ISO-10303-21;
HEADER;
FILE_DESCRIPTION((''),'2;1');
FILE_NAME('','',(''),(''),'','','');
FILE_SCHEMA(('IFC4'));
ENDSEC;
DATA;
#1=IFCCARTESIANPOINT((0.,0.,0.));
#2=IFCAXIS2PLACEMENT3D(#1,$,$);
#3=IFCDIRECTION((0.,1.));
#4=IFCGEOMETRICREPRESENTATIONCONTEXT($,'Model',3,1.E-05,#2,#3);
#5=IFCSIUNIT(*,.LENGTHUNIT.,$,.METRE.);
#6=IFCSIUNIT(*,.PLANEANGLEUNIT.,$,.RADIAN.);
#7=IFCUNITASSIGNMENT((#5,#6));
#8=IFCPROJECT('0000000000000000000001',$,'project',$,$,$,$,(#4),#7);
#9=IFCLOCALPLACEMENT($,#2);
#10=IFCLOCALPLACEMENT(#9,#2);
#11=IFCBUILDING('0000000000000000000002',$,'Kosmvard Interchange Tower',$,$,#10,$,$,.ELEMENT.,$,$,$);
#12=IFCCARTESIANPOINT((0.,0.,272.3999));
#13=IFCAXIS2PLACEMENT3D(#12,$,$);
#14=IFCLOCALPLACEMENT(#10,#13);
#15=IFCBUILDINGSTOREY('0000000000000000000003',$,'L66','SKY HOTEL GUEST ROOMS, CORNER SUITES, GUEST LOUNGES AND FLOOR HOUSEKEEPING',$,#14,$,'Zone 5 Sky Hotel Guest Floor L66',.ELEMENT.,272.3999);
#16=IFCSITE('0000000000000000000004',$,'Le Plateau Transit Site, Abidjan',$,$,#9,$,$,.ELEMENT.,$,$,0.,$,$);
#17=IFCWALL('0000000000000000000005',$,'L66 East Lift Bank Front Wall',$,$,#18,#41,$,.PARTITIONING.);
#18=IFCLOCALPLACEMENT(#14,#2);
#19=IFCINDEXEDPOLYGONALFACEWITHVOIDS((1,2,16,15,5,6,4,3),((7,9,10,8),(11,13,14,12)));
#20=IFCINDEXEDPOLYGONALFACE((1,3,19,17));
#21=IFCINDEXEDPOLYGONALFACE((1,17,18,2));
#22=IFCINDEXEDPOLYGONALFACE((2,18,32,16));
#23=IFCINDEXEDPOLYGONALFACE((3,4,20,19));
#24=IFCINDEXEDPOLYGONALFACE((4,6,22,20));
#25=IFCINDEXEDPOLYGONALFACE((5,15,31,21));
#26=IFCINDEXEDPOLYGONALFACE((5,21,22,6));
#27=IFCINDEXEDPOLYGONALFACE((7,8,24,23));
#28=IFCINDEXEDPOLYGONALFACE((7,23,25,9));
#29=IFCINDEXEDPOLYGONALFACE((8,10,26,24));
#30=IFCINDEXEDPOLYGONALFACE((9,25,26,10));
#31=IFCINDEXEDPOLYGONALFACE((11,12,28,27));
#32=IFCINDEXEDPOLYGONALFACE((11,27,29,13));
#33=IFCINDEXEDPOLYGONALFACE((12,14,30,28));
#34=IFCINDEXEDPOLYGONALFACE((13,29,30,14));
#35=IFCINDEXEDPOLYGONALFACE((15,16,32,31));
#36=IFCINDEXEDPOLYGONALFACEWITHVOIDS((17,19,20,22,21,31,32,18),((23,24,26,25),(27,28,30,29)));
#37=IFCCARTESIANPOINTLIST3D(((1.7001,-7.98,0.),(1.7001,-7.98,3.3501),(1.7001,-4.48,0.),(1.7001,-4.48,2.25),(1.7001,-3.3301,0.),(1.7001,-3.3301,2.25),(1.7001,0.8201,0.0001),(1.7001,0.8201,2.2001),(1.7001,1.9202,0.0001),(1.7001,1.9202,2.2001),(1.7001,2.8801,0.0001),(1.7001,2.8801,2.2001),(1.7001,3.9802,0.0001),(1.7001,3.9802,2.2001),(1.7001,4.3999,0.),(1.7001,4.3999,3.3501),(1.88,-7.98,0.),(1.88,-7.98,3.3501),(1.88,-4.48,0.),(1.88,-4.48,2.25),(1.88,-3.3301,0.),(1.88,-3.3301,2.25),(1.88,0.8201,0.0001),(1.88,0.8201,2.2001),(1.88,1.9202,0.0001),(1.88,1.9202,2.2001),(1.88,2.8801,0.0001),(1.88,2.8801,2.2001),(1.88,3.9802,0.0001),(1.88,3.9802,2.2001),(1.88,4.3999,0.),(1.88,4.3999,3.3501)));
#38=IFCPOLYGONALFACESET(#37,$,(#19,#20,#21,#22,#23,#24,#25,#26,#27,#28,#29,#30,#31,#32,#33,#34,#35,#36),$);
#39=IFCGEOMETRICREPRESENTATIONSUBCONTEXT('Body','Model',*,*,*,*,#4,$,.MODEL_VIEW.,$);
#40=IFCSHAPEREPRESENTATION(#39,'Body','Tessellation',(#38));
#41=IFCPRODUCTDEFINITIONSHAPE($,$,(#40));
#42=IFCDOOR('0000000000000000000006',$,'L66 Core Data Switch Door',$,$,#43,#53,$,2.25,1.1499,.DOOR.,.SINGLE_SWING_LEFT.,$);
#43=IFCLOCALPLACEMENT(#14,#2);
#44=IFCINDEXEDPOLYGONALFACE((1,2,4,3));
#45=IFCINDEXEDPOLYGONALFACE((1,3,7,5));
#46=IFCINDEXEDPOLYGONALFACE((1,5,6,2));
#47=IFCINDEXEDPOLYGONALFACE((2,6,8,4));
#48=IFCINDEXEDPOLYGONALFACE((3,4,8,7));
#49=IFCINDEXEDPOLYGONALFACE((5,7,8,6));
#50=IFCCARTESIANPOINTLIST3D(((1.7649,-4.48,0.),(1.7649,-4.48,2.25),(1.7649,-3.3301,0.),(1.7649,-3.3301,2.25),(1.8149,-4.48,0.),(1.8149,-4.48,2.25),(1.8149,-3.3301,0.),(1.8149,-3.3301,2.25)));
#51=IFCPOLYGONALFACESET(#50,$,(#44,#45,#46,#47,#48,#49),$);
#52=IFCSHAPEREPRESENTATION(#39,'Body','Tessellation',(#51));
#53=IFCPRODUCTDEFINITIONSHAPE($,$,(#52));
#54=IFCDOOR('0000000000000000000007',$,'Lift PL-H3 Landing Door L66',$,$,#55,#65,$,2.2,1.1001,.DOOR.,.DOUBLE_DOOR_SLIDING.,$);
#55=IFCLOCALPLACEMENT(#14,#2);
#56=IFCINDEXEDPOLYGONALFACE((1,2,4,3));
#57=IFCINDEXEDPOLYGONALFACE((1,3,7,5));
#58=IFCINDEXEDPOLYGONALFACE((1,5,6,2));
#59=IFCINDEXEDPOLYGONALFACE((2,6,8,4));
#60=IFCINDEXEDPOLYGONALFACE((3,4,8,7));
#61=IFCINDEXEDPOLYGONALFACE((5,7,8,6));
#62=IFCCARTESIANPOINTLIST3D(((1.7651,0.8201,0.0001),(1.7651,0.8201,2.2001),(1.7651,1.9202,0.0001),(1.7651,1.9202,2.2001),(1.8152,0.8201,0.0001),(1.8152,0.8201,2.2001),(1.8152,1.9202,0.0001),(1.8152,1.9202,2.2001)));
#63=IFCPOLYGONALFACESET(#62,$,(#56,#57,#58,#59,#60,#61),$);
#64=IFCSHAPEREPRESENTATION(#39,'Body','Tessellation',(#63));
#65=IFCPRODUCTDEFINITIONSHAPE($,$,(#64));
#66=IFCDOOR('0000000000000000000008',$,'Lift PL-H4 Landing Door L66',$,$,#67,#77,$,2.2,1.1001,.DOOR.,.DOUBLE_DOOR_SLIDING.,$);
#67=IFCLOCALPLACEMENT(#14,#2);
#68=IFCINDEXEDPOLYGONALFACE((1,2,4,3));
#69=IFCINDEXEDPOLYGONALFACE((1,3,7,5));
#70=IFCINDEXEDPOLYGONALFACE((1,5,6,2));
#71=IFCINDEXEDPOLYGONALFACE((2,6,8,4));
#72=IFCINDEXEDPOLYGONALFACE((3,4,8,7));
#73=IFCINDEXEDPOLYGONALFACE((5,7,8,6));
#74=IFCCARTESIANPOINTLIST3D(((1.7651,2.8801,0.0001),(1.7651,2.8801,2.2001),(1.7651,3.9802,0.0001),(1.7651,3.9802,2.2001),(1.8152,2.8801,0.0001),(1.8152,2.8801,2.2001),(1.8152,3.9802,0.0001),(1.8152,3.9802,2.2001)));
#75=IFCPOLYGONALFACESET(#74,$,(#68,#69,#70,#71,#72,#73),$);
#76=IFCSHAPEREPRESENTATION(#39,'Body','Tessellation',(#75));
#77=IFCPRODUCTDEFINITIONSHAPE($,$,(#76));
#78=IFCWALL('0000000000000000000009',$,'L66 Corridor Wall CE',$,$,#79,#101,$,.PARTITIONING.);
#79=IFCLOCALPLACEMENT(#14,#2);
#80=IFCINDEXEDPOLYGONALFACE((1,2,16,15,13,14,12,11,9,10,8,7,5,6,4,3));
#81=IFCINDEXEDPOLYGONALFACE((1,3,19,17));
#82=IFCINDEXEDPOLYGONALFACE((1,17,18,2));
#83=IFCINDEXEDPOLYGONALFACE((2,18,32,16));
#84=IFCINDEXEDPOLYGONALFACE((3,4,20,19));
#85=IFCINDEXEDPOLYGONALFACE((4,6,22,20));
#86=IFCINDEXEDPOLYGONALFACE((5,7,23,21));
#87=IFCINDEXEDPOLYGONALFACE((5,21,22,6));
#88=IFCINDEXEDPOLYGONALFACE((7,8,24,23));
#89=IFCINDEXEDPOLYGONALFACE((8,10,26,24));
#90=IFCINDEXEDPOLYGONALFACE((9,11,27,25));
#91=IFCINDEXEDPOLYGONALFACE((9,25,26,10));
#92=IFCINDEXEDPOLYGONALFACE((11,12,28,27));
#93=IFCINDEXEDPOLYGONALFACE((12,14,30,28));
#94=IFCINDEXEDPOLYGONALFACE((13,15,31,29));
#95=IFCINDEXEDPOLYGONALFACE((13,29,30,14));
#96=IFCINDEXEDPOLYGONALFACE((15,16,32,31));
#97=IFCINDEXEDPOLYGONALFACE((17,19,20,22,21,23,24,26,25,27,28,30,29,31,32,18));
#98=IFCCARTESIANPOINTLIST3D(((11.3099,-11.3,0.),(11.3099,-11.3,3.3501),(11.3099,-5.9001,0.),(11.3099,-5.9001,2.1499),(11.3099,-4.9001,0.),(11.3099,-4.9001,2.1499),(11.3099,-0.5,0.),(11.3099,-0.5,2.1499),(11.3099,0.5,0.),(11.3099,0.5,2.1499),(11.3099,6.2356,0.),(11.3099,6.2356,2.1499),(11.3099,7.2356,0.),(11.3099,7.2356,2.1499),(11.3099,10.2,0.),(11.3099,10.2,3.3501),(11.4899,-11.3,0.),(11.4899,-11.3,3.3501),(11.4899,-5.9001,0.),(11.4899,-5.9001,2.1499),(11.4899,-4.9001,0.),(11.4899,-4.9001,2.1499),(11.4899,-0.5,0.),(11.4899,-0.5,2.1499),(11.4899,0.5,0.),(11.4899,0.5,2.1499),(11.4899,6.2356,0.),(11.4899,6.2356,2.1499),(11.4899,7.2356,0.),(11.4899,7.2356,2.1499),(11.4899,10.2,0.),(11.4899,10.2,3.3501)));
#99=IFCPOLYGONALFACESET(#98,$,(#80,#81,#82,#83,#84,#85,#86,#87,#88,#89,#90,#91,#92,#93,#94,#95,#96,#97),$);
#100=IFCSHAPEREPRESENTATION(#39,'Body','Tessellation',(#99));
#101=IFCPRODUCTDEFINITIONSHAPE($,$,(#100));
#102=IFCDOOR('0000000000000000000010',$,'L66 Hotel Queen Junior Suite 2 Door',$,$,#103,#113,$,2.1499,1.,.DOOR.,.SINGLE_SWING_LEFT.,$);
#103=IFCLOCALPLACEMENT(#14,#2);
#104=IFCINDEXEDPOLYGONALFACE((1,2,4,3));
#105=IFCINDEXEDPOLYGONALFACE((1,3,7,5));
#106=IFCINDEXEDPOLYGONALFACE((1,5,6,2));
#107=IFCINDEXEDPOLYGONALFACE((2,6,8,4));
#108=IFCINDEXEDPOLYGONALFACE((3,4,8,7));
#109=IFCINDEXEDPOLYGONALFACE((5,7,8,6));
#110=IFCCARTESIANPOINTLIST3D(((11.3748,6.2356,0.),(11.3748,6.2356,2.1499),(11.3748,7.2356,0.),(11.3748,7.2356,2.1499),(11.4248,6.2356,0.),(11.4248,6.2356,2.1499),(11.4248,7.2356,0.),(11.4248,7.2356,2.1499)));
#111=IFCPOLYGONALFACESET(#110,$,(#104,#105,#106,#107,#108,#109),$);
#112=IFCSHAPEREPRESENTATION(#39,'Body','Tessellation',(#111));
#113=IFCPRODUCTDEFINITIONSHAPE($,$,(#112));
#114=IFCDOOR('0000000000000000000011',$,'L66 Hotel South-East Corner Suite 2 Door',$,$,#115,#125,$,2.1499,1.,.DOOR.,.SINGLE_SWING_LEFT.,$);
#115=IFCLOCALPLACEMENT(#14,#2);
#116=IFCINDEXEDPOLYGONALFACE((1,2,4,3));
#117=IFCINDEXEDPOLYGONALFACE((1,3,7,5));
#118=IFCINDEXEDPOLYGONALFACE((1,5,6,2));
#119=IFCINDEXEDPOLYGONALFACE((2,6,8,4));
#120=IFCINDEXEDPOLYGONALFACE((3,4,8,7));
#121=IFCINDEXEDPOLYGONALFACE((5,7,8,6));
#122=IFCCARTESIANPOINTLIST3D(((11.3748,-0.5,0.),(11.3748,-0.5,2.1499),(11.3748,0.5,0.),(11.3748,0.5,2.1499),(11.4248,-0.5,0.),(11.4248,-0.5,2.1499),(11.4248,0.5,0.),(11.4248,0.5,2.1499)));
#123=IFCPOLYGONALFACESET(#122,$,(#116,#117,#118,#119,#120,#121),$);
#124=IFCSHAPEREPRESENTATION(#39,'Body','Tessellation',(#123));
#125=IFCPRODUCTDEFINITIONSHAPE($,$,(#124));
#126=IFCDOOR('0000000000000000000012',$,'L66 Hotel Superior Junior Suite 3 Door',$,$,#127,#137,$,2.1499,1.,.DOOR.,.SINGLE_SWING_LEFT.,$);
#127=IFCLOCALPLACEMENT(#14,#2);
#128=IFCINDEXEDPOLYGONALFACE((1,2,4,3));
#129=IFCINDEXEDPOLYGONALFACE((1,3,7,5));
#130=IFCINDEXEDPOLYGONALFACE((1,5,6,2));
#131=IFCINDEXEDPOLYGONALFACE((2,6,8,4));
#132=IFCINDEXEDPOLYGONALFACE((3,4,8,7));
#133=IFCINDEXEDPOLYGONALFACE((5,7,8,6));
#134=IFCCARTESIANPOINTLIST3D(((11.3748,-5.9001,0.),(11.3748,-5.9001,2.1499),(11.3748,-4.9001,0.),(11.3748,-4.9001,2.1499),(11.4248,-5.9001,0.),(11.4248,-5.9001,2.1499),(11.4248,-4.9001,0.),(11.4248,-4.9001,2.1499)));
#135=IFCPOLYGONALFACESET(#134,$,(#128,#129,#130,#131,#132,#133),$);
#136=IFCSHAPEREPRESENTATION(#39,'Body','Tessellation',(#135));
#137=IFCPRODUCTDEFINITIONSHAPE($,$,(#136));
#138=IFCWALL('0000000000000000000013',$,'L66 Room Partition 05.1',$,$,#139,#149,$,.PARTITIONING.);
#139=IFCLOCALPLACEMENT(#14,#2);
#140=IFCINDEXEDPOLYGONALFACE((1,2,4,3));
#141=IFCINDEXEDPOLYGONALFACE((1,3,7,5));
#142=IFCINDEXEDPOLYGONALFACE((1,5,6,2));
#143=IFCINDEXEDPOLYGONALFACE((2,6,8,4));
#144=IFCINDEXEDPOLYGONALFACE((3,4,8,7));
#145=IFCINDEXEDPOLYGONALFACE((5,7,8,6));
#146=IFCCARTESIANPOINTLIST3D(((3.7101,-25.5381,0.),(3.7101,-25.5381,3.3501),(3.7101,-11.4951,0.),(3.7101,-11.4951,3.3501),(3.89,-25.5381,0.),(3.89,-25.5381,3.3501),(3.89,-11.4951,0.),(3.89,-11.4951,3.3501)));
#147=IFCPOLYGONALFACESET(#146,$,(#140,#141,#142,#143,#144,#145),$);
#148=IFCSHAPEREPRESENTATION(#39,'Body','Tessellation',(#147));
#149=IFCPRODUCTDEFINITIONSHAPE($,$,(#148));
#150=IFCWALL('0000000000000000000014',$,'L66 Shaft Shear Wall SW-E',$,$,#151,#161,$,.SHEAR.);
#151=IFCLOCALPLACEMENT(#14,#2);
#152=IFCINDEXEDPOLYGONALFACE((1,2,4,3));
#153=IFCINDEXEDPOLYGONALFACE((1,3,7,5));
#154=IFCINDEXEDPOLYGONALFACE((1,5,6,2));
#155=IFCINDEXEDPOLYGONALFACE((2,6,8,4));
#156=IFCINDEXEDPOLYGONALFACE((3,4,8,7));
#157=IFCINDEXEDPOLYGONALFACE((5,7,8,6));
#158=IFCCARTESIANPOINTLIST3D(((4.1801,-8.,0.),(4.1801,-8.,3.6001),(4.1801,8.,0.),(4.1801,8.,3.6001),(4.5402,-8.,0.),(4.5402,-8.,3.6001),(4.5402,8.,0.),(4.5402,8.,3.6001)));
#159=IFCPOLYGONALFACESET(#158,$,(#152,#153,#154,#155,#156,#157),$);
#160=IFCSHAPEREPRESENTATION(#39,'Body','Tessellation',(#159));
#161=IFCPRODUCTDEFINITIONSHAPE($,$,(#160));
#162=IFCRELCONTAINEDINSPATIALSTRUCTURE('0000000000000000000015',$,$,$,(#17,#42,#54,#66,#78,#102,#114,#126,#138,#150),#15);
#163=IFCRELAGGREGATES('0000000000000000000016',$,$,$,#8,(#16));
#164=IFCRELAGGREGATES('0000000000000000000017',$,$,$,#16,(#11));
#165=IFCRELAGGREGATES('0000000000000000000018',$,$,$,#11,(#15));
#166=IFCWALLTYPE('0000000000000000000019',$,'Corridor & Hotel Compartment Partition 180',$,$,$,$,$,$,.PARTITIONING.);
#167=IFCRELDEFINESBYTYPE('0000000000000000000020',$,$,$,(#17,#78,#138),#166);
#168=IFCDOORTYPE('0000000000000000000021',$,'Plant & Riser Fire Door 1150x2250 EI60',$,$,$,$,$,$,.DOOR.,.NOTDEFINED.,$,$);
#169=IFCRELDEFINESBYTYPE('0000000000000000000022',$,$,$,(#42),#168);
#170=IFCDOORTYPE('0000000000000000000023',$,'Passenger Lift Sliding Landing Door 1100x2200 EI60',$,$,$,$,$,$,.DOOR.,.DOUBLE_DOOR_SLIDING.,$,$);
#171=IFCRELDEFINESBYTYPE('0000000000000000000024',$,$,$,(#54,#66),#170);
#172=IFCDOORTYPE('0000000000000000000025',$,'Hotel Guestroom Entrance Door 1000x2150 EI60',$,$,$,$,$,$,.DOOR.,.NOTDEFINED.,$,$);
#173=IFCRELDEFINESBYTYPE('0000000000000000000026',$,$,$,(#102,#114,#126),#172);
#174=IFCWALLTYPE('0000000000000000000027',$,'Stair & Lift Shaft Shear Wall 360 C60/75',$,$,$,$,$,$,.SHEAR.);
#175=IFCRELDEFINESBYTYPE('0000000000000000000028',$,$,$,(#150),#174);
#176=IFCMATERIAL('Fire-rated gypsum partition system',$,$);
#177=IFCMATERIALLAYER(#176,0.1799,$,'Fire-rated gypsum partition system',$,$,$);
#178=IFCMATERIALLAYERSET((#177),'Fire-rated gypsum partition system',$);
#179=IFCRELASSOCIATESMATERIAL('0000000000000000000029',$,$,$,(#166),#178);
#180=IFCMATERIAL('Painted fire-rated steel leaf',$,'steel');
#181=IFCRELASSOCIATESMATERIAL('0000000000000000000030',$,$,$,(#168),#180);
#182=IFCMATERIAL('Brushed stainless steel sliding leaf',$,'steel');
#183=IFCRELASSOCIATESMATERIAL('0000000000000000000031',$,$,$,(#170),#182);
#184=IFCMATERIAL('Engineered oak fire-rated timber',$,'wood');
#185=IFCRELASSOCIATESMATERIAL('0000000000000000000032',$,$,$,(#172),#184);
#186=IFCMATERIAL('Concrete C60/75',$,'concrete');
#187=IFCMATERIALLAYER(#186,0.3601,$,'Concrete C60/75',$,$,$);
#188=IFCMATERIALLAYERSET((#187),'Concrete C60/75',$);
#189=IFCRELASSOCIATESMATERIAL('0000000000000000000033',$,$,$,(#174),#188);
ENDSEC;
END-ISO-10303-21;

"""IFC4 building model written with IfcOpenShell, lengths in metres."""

from ifc_helpers import new_model, si_unit, direction, frame, frame_2d, origin, place, context, subcontext, project, spatial, rectangle, extrude, source, transform, mapped, material, layer, layer_set, type_object, element, fill, save


model = new_model("IFC4")

# Units and contexts
model_context = context("Model", 3, precision=1e-05, world=origin(), true_north=direction((0.0, 1.0)))
body_context = subcontext(model_context, "Body", "Model", "MODEL_VIEW")
ifc_project = project(units=[si_unit("LENGTHUNIT", "METRE"), si_unit("PLANEANGLEUNIT", "RADIAN")], contexts=[model_context])

# Site, building, storey
site_placement = place(None, origin())
site = spatial("IfcSite", under=ifc_project, at=site_placement, Name="Le Plateau Transit Site, Abidjan", CompositionType="ELEMENT", RefElevation=0.0)
building_placement = place(site_placement, origin())
building = spatial("IfcBuilding", under=site, at=building_placement, Name="Kosmvard Interchange Tower", CompositionType="ELEMENT")
storey_placement = place(building_placement, frame((0.0, 0.0, 272.3999)))
storey = spatial("IfcBuildingStorey", under=building, at=storey_placement, Name="L66", Description="SKY HOTEL GUEST ROOMS, CORNER SUITES, GUEST LOUNGES AND FLOOR HOUSEKEEPING", LongName="Zone 5 Sky Hotel Guest Floor L66", CompositionType="ELEMENT", Elevation=272.3999)

# Walls, openings, doors
ifc_material_1 = material(Name="Fire-rated gypsum partition system")
ifc_layer_1 = layer(ifc_material_1, 0.1799, Name="Fire-rated gypsum partition system")
ifc_layer_set_1 = layer_set([ifc_layer_1], Name="Fire-rated gypsum partition system")
wall_type_1 = type_object("IfcWallType", Name="Corridor & Hotel Compartment Partition 180", PredefinedType="PARTITIONING", material=ifc_layer_set_1)
wall_1_placement = place(storey_placement, frame((1.79, -7.98, 0.0), z_axis=(0.0, 0.0, 1.0), x_axis=(0.0, 1.0, 0.0)))
wall_1 = element("IfcWall", 1, at=wall_1_placement, inside=storey, type_object=wall_type_1, Name="L66 East Lift Bank Front Wall", PredefinedType="PARTITIONING", context=body_context, shape_type="SweptSolid", body=[
    extrude(rectangle(XDim=12.3799, YDim=0.1799, at=frame_2d((6.1899, 0.0))), origin(), (0.0, 0.0, 1.0), 3.3501),
])
opening_1_placement = place(wall_1_placement, frame((8.8, 0.0, 0.0)))
opening_1 = element("IfcOpeningElement", 2, at=opening_1_placement, cuts=wall_1, PredefinedType="OPENING", context=body_context, shape_type="SweptSolid", body=[
    extrude(rectangle(XDim=1.1001, YDim=2.2, at=frame_2d((0.55, 1.1001))), frame((0.0, 0.1001, 0.0), z_axis=(0.0, -1.0, 0.0), x_axis=(1.0, 0.0, 0.0)), (0.0, 0.0, 1.0), 0.2),
])
opening_2_placement = place(wall_1_placement, frame((10.8601, 0.0, 0.0)))
opening_2 = element("IfcOpeningElement", 3, at=opening_2_placement, cuts=wall_1, PredefinedType="OPENING", context=body_context, shape_type="SweptSolid", body=[
    extrude(rectangle(XDim=1.1001, YDim=2.2, at=frame_2d((0.55, 1.1001))), frame((0.0, 0.1001, 0.0), z_axis=(0.0, -1.0, 0.0), x_axis=(1.0, 0.0, 0.0)), (0.0, 0.0, 1.0), 0.2),
])
opening_3_placement = place(wall_1_placement, frame((3.5, 0.0, 0.0)))
opening_3 = element("IfcOpeningElement", 4, at=opening_3_placement, cuts=wall_1, PredefinedType="OPENING", context=body_context, shape_type="SweptSolid", body=[
    extrude(rectangle(XDim=1.1499, YDim=2.25, at=frame_2d((0.575, 1.125))), frame((0.0, 0.1001, 0.0), z_axis=(0.0, -1.0, 0.0), x_axis=(1.0, 0.0, 0.0)), (0.0, 0.0, 1.0), 0.2),
])
ifc_material_2 = material(Name="Painted fire-rated steel leaf", Category="steel")
door_type_1 = type_object("IfcDoorType", Name="Plant & Riser Fire Door 1150x2250 EI60", OperationType="NOTDEFINED", PredefinedType="DOOR", material=ifc_material_2)
shared_shape_1 = source(origin(), body_context, "Body", "SweptSolid", [
    extrude(rectangle(XDim=1.1499, YDim=2.25, at=frame_2d((0.575, 1.125))), frame((0.0, 0.0249, 0.0), z_axis=(0.0, -1.0, 0.0), x_axis=(1.0, 0.0, 0.0)), (0.0, 0.0, 1.0), 0.05),
])
door_1_placement = place(opening_3_placement, frame((1.1499, 0.0, 0.0), z_axis=(0.0, 0.0, 1.0), x_axis=(-1.0, 0.0, 0.0)))
door_1 = element("IfcDoor", 5, at=door_1_placement, inside=storey, type_object=door_type_1, Name="L66 Core Data Switch Door", OperationType="SINGLE_SWING_LEFT", OverallHeight=2.25, OverallWidth=1.1499, PredefinedType="DOOR", context=body_context, shape_type="MappedRepresentation", body=[
    mapped(shared_shape_1, transform((0.0, 0.0, 0.0), scale=1.0)),
])
fill(opening_3, door_1)
ifc_material_3 = material(Name="Brushed stainless steel sliding leaf", Category="steel")
door_type_2 = type_object("IfcDoorType", Name="Passenger Lift Sliding Landing Door 1100x2200 EI60", OperationType="DOUBLE_DOOR_SLIDING", PredefinedType="DOOR", material=ifc_material_3)
shared_shape_2 = source(origin(), body_context, "Body", "SweptSolid", [
    extrude(rectangle(XDim=1.1001, YDim=2.2, at=frame_2d((0.55, 1.1001))), frame((0.0, 0.0249, 0.0), z_axis=(0.0, -1.0, 0.0), x_axis=(1.0, 0.0, 0.0)), (0.0, 0.0, 1.0), 0.05),
])
door_2_placement = place(opening_1_placement, origin())
door_2 = element("IfcDoor", 6, at=door_2_placement, inside=storey, type_object=door_type_2, Name="Lift PL-H3 Landing Door L66", OperationType="DOUBLE_DOOR_SLIDING", OverallHeight=2.2, OverallWidth=1.1001, PredefinedType="DOOR", context=body_context, shape_type="MappedRepresentation", body=[
    mapped(shared_shape_2, transform((0.0, 0.0, 0.0), scale=1.0)),
])
fill(opening_1, door_2)
door_3_placement = place(opening_2_placement, origin())
door_3 = element("IfcDoor", 7, at=door_3_placement, inside=storey, type_object=door_type_2, Name="Lift PL-H4 Landing Door L66", OperationType="DOUBLE_DOOR_SLIDING", OverallHeight=2.2, OverallWidth=1.1001, PredefinedType="DOOR", context=body_context, shape_type="MappedRepresentation", body=[
    mapped(shared_shape_2, transform((0.0, 0.0, 0.0), scale=1.0)),
])
fill(opening_2, door_3)
wall_2_placement = place(storey_placement, frame((11.3999, -11.3, 0.0), z_axis=(0.0, 0.0, 1.0), x_axis=(0.0, 1.0, 0.0)))
wall_2 = element("IfcWall", 8, at=wall_2_placement, inside=storey, type_object=wall_type_1, Name="L66 Corridor Wall CE", PredefinedType="PARTITIONING", context=body_context, shape_type="SweptSolid", body=[
    extrude(rectangle(XDim=21.5, YDim=0.1799, at=frame_2d((10.75, 0.0))), origin(), (0.0, 0.0, 1.0), 3.3501),
])
opening_4_placement = place(wall_2_placement, frame((17.5356, 0.0, 0.0)))
opening_4 = element("IfcOpeningElement", 9, at=opening_4_placement, cuts=wall_2, PredefinedType="OPENING", context=body_context, shape_type="SweptSolid", body=[
    extrude(rectangle(XDim=1.0, YDim=2.1499, at=frame_2d((0.5, 1.075))), frame((0.0, 0.1001, 0.0), z_axis=(0.0, -1.0, 0.0), x_axis=(1.0, 0.0, 0.0)), (0.0, 0.0, 1.0), 0.2),
])
opening_5_placement = place(wall_2_placement, frame((10.8, 0.0, 0.0)))
opening_5 = element("IfcOpeningElement", 10, at=opening_5_placement, cuts=wall_2, PredefinedType="OPENING", context=body_context, shape_type="SweptSolid", body=[
    extrude(rectangle(XDim=1.0, YDim=2.1499, at=frame_2d((0.5, 1.075))), frame((0.0, 0.1001, 0.0), z_axis=(0.0, -1.0, 0.0), x_axis=(1.0, 0.0, 0.0)), (0.0, 0.0, 1.0), 0.2),
])
opening_6_placement = place(wall_2_placement, frame((5.3999, 0.0, 0.0)))
opening_6 = element("IfcOpeningElement", 11, at=opening_6_placement, cuts=wall_2, PredefinedType="OPENING", context=body_context, shape_type="SweptSolid", body=[
    extrude(rectangle(XDim=1.0, YDim=2.1499, at=frame_2d((0.5, 1.075))), frame((0.0, 0.1001, 0.0), z_axis=(0.0, -1.0, 0.0), x_axis=(1.0, 0.0, 0.0)), (0.0, 0.0, 1.0), 0.2),
])
ifc_material_4 = material(Name="Engineered oak fire-rated timber", Category="wood")
door_type_3 = type_object("IfcDoorType", Name="Hotel Guestroom Entrance Door 1000x2150 EI60", OperationType="NOTDEFINED", PredefinedType="DOOR", material=ifc_material_4)
shared_shape_3 = source(origin(), body_context, "Body", "SweptSolid", [
    extrude(rectangle(XDim=1.0, YDim=2.1499, at=frame_2d((0.5, 1.075))), frame((0.0, 0.0249, 0.0), z_axis=(0.0, -1.0, 0.0), x_axis=(1.0, 0.0, 0.0)), (0.0, 0.0, 1.0), 0.05),
])
door_4_placement = place(opening_4_placement, frame((1.0, 0.0, 0.0), z_axis=(0.0, 0.0, 1.0), x_axis=(-1.0, 0.0, 0.0)))
door_4 = element("IfcDoor", 12, at=door_4_placement, inside=storey, type_object=door_type_3, Name="L66 Hotel Queen Junior Suite 2 Door", OperationType="SINGLE_SWING_LEFT", OverallHeight=2.1499, OverallWidth=1.0, PredefinedType="DOOR", context=body_context, shape_type="MappedRepresentation", body=[
    mapped(shared_shape_3, transform((0.0, 0.0, 0.0), scale=1.0)),
])
fill(opening_4, door_4)
door_5_placement = place(opening_5_placement, frame((1.0, 0.0, 0.0), z_axis=(0.0, 0.0, 1.0), x_axis=(-1.0, 0.0, 0.0)))
door_5 = element("IfcDoor", 13, at=door_5_placement, inside=storey, type_object=door_type_3, Name="L66 Hotel South-East Corner Suite 2 Door", OperationType="SINGLE_SWING_LEFT", OverallHeight=2.1499, OverallWidth=1.0, PredefinedType="DOOR", context=body_context, shape_type="MappedRepresentation", body=[
    mapped(shared_shape_3, transform((0.0, 0.0, 0.0), scale=1.0)),
])
fill(opening_5, door_5)
door_6_placement = place(opening_6_placement, frame((1.0, 0.0, 0.0), z_axis=(0.0, 0.0, 1.0), x_axis=(-1.0, 0.0, 0.0)))
door_6 = element("IfcDoor", 14, at=door_6_placement, inside=storey, type_object=door_type_3, Name="L66 Hotel Superior Junior Suite 3 Door", OperationType="SINGLE_SWING_LEFT", OverallHeight=2.1499, OverallWidth=1.0, PredefinedType="DOOR", context=body_context, shape_type="MappedRepresentation", body=[
    mapped(shared_shape_3, transform((0.0, 0.0, 0.0), scale=1.0)),
])
fill(opening_6, door_6)

# Walls
wall_3_placement = place(storey_placement, frame((3.8, -11.4951, 0.0), z_axis=(0.0, 0.0, 1.0), x_axis=(0.0, -1.0, 0.0)))
element("IfcWall", 15, at=wall_3_placement, inside=storey, type_object=wall_type_1, Name="L66 Room Partition 05.1", PredefinedType="PARTITIONING", context=body_context, shape_type="SweptSolid", body=[
    extrude(rectangle(XDim=14.043, YDim=0.1799, at=frame_2d((7.0215, 0.0))), origin(), (0.0, 0.0, 1.0), 3.3501),
])
ifc_material_5 = material(Name="Concrete C60/75", Category="concrete")
ifc_layer_2 = layer(ifc_material_5, 0.3601, Name="Concrete C60/75")
ifc_layer_set_2 = layer_set([ifc_layer_2], Name="Concrete C60/75")
wall_type_2 = type_object("IfcWallType", Name="Stair & Lift Shaft Shear Wall 360 C60/75", PredefinedType="SHEAR", material=ifc_layer_set_2)
wall_4_placement = place(storey_placement, frame((4.3601, -8.0, 0.0), z_axis=(0.0, 0.0, 1.0), x_axis=(0.0, 1.0, 0.0)))
element("IfcWall", 16, at=wall_4_placement, inside=storey, type_object=wall_type_2, Name="L66 Shaft Shear Wall SW-E", PredefinedType="SHEAR", context=body_context, shape_type="SweptSolid", body=[
    extrude(rectangle(XDim=16.0, YDim=0.3601, at=frame_2d((8.0, 0.0))), origin(), (0.0, 0.0, 1.0), 3.6001),
])

save(model, "model.ifc")
